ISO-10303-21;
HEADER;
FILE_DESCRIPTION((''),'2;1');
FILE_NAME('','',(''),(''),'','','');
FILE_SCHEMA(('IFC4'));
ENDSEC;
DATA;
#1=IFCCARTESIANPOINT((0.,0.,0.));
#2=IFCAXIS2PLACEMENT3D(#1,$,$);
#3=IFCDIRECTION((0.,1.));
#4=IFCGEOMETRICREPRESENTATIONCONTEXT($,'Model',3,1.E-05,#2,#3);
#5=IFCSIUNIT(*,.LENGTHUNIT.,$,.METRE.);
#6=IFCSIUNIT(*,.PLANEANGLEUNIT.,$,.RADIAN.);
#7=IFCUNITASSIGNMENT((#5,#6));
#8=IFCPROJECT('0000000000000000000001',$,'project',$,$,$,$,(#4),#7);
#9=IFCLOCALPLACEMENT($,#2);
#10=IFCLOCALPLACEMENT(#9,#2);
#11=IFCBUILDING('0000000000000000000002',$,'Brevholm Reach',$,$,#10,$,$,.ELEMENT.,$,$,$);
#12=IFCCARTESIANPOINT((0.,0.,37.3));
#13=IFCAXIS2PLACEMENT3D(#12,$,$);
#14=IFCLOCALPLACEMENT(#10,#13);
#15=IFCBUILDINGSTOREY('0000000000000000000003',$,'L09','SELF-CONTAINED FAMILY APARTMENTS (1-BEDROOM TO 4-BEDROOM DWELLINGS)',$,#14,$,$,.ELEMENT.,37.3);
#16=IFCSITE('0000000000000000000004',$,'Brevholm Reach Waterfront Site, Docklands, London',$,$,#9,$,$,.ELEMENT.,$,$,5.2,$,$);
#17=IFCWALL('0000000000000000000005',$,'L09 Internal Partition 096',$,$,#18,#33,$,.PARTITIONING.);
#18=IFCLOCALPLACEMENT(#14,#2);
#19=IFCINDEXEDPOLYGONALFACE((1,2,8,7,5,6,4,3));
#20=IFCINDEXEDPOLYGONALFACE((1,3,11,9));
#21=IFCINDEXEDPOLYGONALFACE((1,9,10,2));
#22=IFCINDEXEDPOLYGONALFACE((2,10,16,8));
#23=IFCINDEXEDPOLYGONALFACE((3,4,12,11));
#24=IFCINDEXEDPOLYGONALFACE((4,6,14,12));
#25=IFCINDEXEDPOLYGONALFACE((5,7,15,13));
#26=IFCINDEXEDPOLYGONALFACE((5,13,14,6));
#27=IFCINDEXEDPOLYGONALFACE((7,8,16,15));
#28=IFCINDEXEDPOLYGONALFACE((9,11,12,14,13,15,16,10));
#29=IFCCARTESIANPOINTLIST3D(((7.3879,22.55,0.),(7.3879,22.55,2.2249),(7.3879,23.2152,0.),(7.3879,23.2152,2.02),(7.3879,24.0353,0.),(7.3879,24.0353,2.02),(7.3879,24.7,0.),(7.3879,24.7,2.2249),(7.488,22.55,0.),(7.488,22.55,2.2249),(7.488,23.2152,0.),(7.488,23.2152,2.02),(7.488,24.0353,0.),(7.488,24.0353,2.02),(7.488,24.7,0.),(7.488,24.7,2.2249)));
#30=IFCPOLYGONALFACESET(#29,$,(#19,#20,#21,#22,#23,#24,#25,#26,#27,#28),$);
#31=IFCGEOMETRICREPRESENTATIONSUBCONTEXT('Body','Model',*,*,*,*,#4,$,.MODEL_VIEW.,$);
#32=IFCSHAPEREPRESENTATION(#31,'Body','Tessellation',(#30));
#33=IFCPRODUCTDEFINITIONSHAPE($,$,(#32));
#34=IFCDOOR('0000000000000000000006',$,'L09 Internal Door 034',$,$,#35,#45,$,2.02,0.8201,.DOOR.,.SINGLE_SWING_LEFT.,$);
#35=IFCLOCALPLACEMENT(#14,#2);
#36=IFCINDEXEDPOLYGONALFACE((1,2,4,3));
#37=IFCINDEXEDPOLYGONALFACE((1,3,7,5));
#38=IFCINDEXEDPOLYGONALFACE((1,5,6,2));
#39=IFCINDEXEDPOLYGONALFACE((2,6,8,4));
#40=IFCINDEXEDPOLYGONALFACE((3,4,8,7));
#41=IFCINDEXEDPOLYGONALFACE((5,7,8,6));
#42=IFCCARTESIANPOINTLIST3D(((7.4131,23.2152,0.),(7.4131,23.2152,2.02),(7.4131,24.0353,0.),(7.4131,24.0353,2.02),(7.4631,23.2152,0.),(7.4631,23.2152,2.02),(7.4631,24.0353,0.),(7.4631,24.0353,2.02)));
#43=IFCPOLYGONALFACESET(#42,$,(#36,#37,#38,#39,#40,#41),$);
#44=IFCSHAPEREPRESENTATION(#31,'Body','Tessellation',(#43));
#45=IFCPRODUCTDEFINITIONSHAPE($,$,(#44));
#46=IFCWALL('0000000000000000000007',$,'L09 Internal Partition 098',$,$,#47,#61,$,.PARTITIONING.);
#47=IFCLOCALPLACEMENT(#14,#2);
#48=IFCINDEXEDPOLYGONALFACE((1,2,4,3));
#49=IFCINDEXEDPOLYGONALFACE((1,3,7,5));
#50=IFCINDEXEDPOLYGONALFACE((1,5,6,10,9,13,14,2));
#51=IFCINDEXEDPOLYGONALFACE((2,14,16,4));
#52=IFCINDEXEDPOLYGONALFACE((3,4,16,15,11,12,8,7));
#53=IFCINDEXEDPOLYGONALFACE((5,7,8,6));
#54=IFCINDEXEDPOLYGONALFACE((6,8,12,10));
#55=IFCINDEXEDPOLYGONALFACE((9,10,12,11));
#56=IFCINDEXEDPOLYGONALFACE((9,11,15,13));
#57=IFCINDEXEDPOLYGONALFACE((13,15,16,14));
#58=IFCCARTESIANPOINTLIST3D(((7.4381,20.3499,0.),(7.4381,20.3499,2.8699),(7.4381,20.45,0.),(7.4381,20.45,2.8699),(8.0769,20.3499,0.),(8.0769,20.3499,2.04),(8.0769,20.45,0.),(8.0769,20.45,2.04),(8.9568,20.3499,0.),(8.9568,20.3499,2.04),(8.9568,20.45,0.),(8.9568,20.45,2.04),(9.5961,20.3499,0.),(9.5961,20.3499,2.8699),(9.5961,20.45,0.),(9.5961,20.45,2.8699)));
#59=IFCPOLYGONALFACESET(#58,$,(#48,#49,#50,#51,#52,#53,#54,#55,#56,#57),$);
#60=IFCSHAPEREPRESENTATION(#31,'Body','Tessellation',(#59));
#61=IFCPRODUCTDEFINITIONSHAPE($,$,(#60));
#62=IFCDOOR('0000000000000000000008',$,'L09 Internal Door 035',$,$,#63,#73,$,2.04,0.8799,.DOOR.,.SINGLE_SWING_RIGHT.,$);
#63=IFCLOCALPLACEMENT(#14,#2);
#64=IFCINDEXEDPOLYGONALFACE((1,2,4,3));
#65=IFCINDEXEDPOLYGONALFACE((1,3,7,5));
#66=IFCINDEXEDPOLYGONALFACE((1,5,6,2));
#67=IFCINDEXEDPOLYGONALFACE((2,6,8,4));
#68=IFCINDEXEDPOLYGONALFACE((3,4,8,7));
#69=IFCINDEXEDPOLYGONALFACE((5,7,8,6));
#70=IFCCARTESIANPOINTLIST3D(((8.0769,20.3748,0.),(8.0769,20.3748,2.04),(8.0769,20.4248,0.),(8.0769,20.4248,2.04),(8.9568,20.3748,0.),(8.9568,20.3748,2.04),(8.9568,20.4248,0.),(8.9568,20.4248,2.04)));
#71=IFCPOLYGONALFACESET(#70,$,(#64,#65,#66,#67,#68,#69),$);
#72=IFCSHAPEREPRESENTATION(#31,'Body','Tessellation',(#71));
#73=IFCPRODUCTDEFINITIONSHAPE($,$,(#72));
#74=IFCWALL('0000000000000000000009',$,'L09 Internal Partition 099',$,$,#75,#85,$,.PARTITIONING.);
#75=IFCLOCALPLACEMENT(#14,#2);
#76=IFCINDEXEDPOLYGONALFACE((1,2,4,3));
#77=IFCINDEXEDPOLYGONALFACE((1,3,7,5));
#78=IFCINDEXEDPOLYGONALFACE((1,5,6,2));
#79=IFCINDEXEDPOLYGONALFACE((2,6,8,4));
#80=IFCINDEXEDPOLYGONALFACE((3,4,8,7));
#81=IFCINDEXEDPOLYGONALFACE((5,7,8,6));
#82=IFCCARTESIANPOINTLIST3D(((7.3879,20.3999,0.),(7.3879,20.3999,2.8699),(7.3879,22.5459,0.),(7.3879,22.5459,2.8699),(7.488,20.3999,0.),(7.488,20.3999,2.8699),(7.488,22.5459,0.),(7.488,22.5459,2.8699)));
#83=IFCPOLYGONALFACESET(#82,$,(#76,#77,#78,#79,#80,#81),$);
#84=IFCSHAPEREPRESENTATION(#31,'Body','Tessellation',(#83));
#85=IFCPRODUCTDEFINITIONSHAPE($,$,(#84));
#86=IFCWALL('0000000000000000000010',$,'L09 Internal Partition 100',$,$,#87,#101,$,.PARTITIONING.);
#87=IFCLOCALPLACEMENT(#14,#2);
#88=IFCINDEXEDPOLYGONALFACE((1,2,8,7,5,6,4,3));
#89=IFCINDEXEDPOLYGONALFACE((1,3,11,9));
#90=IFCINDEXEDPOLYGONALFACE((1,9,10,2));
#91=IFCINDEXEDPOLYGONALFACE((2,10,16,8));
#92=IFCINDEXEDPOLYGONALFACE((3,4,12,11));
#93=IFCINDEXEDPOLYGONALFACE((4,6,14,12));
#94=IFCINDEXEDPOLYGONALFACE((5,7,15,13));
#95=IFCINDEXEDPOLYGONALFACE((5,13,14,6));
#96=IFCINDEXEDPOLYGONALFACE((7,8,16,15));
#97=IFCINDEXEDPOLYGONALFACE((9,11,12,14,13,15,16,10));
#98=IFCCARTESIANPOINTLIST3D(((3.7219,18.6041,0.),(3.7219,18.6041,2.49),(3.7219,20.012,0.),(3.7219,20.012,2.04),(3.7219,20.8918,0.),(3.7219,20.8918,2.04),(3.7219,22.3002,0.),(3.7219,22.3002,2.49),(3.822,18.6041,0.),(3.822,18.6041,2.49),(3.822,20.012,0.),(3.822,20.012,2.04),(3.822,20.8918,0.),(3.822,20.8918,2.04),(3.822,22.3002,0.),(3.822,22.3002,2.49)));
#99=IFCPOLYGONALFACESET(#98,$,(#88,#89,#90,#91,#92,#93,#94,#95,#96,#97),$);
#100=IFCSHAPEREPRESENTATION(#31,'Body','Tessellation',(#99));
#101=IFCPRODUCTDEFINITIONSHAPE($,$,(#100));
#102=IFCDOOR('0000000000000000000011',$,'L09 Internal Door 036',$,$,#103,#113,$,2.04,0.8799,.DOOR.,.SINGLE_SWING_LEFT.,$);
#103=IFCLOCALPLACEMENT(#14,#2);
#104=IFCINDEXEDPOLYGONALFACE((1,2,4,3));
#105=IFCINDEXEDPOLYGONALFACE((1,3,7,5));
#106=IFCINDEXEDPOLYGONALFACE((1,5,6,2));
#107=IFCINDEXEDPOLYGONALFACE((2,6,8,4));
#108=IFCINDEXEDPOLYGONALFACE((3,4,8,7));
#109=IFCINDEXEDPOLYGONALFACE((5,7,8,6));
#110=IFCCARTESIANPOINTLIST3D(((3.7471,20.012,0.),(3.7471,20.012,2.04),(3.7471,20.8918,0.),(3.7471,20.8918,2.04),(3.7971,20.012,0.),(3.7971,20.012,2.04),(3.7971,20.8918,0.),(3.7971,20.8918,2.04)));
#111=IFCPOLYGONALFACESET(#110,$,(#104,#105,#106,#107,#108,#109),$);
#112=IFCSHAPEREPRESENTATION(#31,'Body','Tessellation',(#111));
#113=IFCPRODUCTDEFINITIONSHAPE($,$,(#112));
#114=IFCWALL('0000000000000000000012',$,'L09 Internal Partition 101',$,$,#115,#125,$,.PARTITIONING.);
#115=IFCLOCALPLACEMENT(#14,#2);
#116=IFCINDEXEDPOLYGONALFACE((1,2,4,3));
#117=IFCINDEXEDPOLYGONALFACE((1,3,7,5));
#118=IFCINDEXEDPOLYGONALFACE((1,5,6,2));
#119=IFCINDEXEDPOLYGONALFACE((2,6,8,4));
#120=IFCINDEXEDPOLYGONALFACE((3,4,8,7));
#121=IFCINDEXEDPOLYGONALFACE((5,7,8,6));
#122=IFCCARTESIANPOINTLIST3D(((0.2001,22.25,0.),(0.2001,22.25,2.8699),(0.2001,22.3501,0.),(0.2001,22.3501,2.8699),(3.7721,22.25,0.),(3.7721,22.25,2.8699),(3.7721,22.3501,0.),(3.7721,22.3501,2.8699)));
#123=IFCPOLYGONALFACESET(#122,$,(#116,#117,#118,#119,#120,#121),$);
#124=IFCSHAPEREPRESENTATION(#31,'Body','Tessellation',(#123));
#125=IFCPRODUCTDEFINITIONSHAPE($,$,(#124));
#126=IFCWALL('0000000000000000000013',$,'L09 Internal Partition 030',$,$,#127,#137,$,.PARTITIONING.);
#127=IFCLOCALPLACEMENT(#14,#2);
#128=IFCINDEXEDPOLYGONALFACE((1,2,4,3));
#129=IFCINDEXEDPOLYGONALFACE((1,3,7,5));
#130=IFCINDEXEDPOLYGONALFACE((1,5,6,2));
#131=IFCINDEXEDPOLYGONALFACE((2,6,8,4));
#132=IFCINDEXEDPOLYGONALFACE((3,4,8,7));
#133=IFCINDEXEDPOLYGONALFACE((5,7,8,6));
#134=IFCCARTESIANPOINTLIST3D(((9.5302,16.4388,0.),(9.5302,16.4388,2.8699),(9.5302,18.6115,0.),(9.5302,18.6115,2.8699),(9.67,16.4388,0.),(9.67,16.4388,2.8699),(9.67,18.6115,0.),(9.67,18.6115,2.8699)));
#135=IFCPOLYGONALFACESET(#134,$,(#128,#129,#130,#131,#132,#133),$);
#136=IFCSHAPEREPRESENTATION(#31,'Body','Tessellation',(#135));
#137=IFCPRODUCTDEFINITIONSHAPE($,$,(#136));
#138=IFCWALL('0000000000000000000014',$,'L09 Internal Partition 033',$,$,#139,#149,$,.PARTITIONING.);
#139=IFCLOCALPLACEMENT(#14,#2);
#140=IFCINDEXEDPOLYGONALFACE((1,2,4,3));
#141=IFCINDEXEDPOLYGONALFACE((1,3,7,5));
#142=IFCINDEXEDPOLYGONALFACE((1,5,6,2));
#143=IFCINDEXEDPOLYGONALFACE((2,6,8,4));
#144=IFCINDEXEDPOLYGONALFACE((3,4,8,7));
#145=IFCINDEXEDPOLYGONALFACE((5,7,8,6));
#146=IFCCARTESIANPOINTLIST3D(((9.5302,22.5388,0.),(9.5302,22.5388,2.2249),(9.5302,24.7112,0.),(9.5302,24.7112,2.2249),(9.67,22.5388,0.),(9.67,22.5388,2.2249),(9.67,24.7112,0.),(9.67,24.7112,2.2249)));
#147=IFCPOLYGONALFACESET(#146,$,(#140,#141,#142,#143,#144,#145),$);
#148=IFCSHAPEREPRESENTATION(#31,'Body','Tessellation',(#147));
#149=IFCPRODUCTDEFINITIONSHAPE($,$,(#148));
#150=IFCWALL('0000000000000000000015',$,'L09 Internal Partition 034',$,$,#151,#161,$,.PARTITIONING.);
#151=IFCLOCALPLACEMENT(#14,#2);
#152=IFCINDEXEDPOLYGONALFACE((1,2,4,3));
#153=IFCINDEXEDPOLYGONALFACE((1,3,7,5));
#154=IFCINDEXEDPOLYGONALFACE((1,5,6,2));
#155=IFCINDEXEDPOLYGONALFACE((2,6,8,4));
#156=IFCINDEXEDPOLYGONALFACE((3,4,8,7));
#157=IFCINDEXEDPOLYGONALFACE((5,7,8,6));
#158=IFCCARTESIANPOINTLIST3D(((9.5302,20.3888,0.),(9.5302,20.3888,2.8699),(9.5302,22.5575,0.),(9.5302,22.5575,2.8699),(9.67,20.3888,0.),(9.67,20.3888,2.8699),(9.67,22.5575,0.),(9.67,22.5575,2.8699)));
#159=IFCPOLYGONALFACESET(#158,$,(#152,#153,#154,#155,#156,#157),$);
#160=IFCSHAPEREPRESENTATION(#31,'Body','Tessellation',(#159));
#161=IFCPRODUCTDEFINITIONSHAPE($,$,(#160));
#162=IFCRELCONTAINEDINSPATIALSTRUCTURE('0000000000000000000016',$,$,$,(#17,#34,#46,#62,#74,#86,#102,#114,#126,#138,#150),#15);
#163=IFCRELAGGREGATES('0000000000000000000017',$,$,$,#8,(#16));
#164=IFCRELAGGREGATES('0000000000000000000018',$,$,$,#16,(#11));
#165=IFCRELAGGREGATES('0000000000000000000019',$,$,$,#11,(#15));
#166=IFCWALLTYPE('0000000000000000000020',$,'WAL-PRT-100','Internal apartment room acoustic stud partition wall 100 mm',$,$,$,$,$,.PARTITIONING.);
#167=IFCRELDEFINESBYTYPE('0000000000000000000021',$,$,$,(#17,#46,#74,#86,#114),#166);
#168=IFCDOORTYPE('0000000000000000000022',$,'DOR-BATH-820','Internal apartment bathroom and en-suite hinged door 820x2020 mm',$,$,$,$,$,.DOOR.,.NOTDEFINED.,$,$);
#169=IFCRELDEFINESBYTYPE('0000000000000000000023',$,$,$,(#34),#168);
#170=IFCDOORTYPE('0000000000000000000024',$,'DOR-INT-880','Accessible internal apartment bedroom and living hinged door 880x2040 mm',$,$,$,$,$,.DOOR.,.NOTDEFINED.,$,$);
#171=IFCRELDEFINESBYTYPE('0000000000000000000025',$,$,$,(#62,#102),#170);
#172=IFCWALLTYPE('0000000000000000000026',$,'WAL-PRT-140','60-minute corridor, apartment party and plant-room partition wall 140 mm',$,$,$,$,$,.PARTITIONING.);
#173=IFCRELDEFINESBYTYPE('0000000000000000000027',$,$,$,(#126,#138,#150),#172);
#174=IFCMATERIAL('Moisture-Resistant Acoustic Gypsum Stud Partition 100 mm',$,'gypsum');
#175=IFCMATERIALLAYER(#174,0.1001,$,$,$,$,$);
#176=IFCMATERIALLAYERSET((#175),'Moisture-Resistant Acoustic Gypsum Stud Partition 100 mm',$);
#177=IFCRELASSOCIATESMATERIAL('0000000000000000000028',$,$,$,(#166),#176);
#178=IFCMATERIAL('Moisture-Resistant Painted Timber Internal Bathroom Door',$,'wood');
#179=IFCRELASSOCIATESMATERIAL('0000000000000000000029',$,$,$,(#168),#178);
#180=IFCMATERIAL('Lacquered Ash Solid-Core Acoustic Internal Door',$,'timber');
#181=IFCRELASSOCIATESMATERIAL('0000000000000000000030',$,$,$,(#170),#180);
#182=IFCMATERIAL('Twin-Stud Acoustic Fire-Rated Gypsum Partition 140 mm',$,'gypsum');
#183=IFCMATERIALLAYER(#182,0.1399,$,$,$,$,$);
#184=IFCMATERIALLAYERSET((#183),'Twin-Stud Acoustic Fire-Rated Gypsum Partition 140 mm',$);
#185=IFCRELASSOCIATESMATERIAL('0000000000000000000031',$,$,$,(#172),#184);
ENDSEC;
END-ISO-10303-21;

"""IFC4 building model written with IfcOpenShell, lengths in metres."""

from ifc_helpers import new_model, si_unit, direction, frame, frame_2d, origin, place, context, subcontext, project, spatial, rectangle, extrude, material, layer, layer_set, type_object, element, fill, save


model = new_model("IFC4")

# Units and contexts
model_context = context("Model", 3, precision=1e-05, world=origin(), true_north=direction((0.0, 1.0)))
body_context = subcontext(model_context, "Body", "Model", "MODEL_VIEW")
ifc_project = project(units=[si_unit("LENGTHUNIT", "METRE"), si_unit("PLANEANGLEUNIT", "RADIAN")], contexts=[model_context])

# Site, building, storey
site_placement = place(None, origin())
site = spatial("IfcSite", under=ifc_project, at=site_placement, Name="Brevholm Reach Waterfront Site, Docklands, London", CompositionType="ELEMENT", RefElevation=5.2)
building_placement = place(site_placement, origin())
building = spatial("IfcBuilding", under=site, at=building_placement, Name="Brevholm Reach", CompositionType="ELEMENT")
storey_placement = place(building_placement, frame((0.0, 0.0, 37.3)))
storey = spatial("IfcBuildingStorey", under=building, at=storey_placement, Name="L09", Description="SELF-CONTAINED FAMILY APARTMENTS (1-BEDROOM TO 4-BEDROOM DWELLINGS)", CompositionType="ELEMENT", Elevation=37.3)

# Shared definitions
ifc_material_1 = material(Name="Moisture-Resistant Acoustic Gypsum Stud Partition 100 mm", Category="gypsum")
ifc_layer_1 = layer(ifc_material_1, 0.1001)
ifc_layer_set_1 = layer_set([ifc_layer_1], Name="Moisture-Resistant Acoustic Gypsum Stud Partition 100 mm")
wall_type_1 = type_object("IfcWallType", Name="WAL-PRT-100", Description="Internal apartment room acoustic stud partition wall 100 mm", PredefinedType="PARTITIONING", material=ifc_layer_set_1)

# Shared definitions
ifc_material_2 = material(Name="Moisture-Resistant Painted Timber Internal Bathroom Door", Category="wood")
door_type_1 = type_object("IfcDoorType", Name="DOR-BATH-820", Description="Internal apartment bathroom and en-suite hinged door 820x2020 mm", OperationType="NOTDEFINED", PredefinedType="DOOR", material=ifc_material_2)

# Walls, openings, doors
wall_1_placement = place(storey_placement, frame((7.438, 22.55, 0.0), z_axis=(0.0, 0.0, 1.0), x_axis=(0.0, 1.0, 0.0)))
wall_1 = element("IfcWall", 1, at=wall_1_placement, inside=storey, type_object=wall_type_1, Name="L09 Internal Partition 096", PredefinedType="PARTITIONING", context=body_context, shape_type="SweptSolid", body=[
    extrude(rectangle(XDim=2.1499, YDim=0.1001, at=frame_2d((1.075, 0.0))), origin(), (0.0, 0.0, 1.0), 2.2249),
])
opening_1_placement = place(wall_1_placement, frame((0.665, 0.0, 0.0)))
opening_1 = element("IfcOpeningElement", 2, at=opening_1_placement, cuts=wall_1, PredefinedType="OPENING", context=body_context, shape_type="SweptSolid", body=[
    extrude(rectangle(XDim=0.8201, YDim=2.02, at=frame_2d((0.4102, 1.01))), frame((0.0, 0.0601, 0.0), z_axis=(0.0, -1.0, 0.0), x_axis=(1.0, 0.0, 0.0)), (0.0, 0.0, 1.0), 0.1201),
])
door_1_placement = place(opening_1_placement, origin())
door_1 = element("IfcDoor", 3, at=door_1_placement, inside=storey, type_object=door_type_1, Name="L09 Internal Door 034", OperationType="SINGLE_SWING_LEFT", OverallHeight=2.02, OverallWidth=0.8201, PredefinedType="DOOR", context=body_context, shape_type="SweptSolid", body=[
    extrude(rectangle(XDim=0.8201, YDim=2.02, at=frame_2d((0.4102, 1.01))), frame((0.0, 0.0249, 0.0), z_axis=(0.0, -1.0, 0.0), x_axis=(1.0, 0.0, 0.0)), (0.0, 0.0, 1.0), 0.05),
])
fill(opening_1, door_1)
wall_2_placement = place(storey_placement, frame((7.438, 20.3999, 0.0), z_axis=(0.0, 0.0, 1.0), x_axis=(1.0, 0.0, 0.0)))
wall_2 = element("IfcWall", 4, at=wall_2_placement, inside=storey, type_object=wall_type_1, Name="L09 Internal Partition 098", PredefinedType="PARTITIONING", context=body_context, shape_type="SweptSolid", body=[
    extrude(rectangle(XDim=2.158, YDim=0.1001, at=frame_2d((1.0791, 0.0))), origin(), (0.0, 0.0, 1.0), 2.8699),
])
opening_2_placement = place(wall_2_placement, frame((0.6389, 0.0, 0.0)))
opening_2 = element("IfcOpeningElement", 5, at=opening_2_placement, cuts=wall_2, PredefinedType="OPENING", context=body_context, shape_type="SweptSolid", body=[
    extrude(rectangle(XDim=0.8799, YDim=2.04, at=frame_2d((0.4399, 1.02))), frame((0.0, 0.0601, 0.0), z_axis=(0.0, -1.0, 0.0), x_axis=(1.0, 0.0, 0.0)), (0.0, 0.0, 1.0), 0.1201),
])
ifc_material_3 = material(Name="Lacquered Ash Solid-Core Acoustic Internal Door", Category="timber")
door_type_2 = type_object("IfcDoorType", Name="DOR-INT-880", Description="Accessible internal apartment bedroom and living hinged door 880x2040 mm", OperationType="NOTDEFINED", PredefinedType="DOOR", material=ifc_material_3)
door_2_placement = place(opening_2_placement, origin())
door_2 = element("IfcDoor", 6, at=door_2_placement, inside=storey, type_object=door_type_2, Name="L09 Internal Door 035", OperationType="SINGLE_SWING_RIGHT", OverallHeight=2.04, OverallWidth=0.8799, PredefinedType="DOOR", context=body_context, shape_type="SweptSolid", body=[
    extrude(rectangle(XDim=0.8799, YDim=2.04, at=frame_2d((0.4399, 1.02))), frame((0.0, 0.0249, 0.0), z_axis=(0.0, -1.0, 0.0), x_axis=(1.0, 0.0, 0.0)), (0.0, 0.0, 1.0), 0.05),
])
fill(opening_2, door_2)

# Wall
wall_3_placement = place(storey_placement, frame((7.438, 20.3999, 0.0), z_axis=(0.0, 0.0, 1.0), x_axis=(0.0, 1.0, 0.0)))
element("IfcWall", 7, at=wall_3_placement, inside=storey, type_object=wall_type_1, Name="L09 Internal Partition 099", PredefinedType="PARTITIONING", context=body_context, shape_type="SweptSolid", body=[
    extrude(rectangle(XDim=2.146, YDim=0.1001, at=frame_2d((1.073, 0.0))), origin(), (0.0, 0.0, 1.0), 2.8699),
])

# Wall, opening, door
wall_4_placement = place(storey_placement, frame((3.772, 18.604, 0.0), z_axis=(0.0, 0.0, 1.0), x_axis=(0.0, 1.0, 0.0)))
wall_4 = element("IfcWall", 8, at=wall_4_placement, inside=storey, type_object=wall_type_1, Name="L09 Internal Partition 100", PredefinedType="PARTITIONING", context=body_context, shape_type="SweptSolid", body=[
    extrude(rectangle(XDim=3.696, YDim=0.1001, at=frame_2d((1.8481, 0.0))), origin(), (0.0, 0.0, 1.0), 2.49),
])
opening_3_placement = place(wall_4_placement, frame((1.408, 0.0, 0.0)))
opening_3 = element("IfcOpeningElement", 9, at=opening_3_placement, cuts=wall_4, PredefinedType="OPENING", context=body_context, shape_type="SweptSolid", body=[
    extrude(rectangle(XDim=0.8799, YDim=2.04, at=frame_2d((0.4399, 1.02))), frame((0.0, 0.0601, 0.0), z_axis=(0.0, -1.0, 0.0), x_axis=(1.0, 0.0, 0.0)), (0.0, 0.0, 1.0), 0.1201),
])
door_3_placement = place(opening_3_placement, origin())
door_3 = element("IfcDoor", 10, at=door_3_placement, inside=storey, type_object=door_type_2, Name="L09 Internal Door 036", OperationType="SINGLE_SWING_LEFT", OverallHeight=2.04, OverallWidth=0.8799, PredefinedType="DOOR", context=body_context, shape_type="SweptSolid", body=[
    extrude(rectangle(XDim=0.8799, YDim=2.04, at=frame_2d((0.4399, 1.02))), frame((0.0, 0.0249, 0.0), z_axis=(0.0, -1.0, 0.0), x_axis=(1.0, 0.0, 0.0)), (0.0, 0.0, 1.0), 0.05),
])
fill(opening_3, door_3)

# Walls
wall_5_placement = place(storey_placement, frame((0.2, 22.3, 0.0), z_axis=(0.0, 0.0, 1.0), x_axis=(1.0, 0.0, 0.0)))
element("IfcWall", 11, at=wall_5_placement, inside=storey, type_object=wall_type_1, Name="L09 Internal Partition 101", PredefinedType="PARTITIONING", context=body_context, shape_type="SweptSolid", body=[
    extrude(rectangle(XDim=3.572, YDim=0.1001, at=frame_2d((1.7861, 0.0))), origin(), (0.0, 0.0, 1.0), 2.8699),
])
ifc_material_4 = material(Name="Twin-Stud Acoustic Fire-Rated Gypsum Partition 140 mm", Category="gypsum")
ifc_layer_2 = layer(ifc_material_4, 0.1399)
ifc_layer_set_2 = layer_set([ifc_layer_2], Name="Twin-Stud Acoustic Fire-Rated Gypsum Partition 140 mm")
wall_type_2 = type_object("IfcWallType", Name="WAL-PRT-140", Description="60-minute corridor, apartment party and plant-room partition wall 140 mm", PredefinedType="PARTITIONING", material=ifc_layer_set_2)
wall_6_placement = place(storey_placement, frame((9.6001, 16.4387, 0.0), z_axis=(0.0, 0.0, 1.0), x_axis=(0.0, 1.0, 0.0)))
element("IfcWall", 12, at=wall_6_placement, inside=storey, type_object=wall_type_2, Name="L09 Internal Partition 030", PredefinedType="PARTITIONING", context=body_context, shape_type="SweptSolid", body=[
    extrude(rectangle(XDim=2.1726, YDim=0.1399, at=frame_2d((1.0864, 0.0))), origin(), (0.0, 0.0, 1.0), 2.8699),
])
wall_7_placement = place(storey_placement, frame((9.6001, 22.5388, 0.0), z_axis=(0.0, 0.0, 1.0), x_axis=(0.0, 1.0, 0.0)))
element("IfcWall", 13, at=wall_7_placement, inside=storey, type_object=wall_type_2, Name="L09 Internal Partition 033", PredefinedType="PARTITIONING", context=body_context, shape_type="SweptSolid", body=[
    extrude(rectangle(XDim=2.1724, YDim=0.1399, at=frame_2d((1.0862, 0.0))), origin(), (0.0, 0.0, 1.0), 2.2249),
])
wall_8_placement = place(storey_placement, frame((9.6001, 20.3887, 0.0), z_axis=(0.0, 0.0, 1.0), x_axis=(0.0, 1.0, 0.0)))
element("IfcWall", 14, at=wall_8_placement, inside=storey, type_object=wall_type_2, Name="L09 Internal Partition 034", PredefinedType="PARTITIONING", context=body_context, shape_type="SweptSolid", body=[
    extrude(rectangle(XDim=2.1687, YDim=0.1399, at=frame_2d((1.0845, 0.0))), origin(), (0.0, 0.0, 1.0), 2.8699),
])

save(model, "model.ifc")
